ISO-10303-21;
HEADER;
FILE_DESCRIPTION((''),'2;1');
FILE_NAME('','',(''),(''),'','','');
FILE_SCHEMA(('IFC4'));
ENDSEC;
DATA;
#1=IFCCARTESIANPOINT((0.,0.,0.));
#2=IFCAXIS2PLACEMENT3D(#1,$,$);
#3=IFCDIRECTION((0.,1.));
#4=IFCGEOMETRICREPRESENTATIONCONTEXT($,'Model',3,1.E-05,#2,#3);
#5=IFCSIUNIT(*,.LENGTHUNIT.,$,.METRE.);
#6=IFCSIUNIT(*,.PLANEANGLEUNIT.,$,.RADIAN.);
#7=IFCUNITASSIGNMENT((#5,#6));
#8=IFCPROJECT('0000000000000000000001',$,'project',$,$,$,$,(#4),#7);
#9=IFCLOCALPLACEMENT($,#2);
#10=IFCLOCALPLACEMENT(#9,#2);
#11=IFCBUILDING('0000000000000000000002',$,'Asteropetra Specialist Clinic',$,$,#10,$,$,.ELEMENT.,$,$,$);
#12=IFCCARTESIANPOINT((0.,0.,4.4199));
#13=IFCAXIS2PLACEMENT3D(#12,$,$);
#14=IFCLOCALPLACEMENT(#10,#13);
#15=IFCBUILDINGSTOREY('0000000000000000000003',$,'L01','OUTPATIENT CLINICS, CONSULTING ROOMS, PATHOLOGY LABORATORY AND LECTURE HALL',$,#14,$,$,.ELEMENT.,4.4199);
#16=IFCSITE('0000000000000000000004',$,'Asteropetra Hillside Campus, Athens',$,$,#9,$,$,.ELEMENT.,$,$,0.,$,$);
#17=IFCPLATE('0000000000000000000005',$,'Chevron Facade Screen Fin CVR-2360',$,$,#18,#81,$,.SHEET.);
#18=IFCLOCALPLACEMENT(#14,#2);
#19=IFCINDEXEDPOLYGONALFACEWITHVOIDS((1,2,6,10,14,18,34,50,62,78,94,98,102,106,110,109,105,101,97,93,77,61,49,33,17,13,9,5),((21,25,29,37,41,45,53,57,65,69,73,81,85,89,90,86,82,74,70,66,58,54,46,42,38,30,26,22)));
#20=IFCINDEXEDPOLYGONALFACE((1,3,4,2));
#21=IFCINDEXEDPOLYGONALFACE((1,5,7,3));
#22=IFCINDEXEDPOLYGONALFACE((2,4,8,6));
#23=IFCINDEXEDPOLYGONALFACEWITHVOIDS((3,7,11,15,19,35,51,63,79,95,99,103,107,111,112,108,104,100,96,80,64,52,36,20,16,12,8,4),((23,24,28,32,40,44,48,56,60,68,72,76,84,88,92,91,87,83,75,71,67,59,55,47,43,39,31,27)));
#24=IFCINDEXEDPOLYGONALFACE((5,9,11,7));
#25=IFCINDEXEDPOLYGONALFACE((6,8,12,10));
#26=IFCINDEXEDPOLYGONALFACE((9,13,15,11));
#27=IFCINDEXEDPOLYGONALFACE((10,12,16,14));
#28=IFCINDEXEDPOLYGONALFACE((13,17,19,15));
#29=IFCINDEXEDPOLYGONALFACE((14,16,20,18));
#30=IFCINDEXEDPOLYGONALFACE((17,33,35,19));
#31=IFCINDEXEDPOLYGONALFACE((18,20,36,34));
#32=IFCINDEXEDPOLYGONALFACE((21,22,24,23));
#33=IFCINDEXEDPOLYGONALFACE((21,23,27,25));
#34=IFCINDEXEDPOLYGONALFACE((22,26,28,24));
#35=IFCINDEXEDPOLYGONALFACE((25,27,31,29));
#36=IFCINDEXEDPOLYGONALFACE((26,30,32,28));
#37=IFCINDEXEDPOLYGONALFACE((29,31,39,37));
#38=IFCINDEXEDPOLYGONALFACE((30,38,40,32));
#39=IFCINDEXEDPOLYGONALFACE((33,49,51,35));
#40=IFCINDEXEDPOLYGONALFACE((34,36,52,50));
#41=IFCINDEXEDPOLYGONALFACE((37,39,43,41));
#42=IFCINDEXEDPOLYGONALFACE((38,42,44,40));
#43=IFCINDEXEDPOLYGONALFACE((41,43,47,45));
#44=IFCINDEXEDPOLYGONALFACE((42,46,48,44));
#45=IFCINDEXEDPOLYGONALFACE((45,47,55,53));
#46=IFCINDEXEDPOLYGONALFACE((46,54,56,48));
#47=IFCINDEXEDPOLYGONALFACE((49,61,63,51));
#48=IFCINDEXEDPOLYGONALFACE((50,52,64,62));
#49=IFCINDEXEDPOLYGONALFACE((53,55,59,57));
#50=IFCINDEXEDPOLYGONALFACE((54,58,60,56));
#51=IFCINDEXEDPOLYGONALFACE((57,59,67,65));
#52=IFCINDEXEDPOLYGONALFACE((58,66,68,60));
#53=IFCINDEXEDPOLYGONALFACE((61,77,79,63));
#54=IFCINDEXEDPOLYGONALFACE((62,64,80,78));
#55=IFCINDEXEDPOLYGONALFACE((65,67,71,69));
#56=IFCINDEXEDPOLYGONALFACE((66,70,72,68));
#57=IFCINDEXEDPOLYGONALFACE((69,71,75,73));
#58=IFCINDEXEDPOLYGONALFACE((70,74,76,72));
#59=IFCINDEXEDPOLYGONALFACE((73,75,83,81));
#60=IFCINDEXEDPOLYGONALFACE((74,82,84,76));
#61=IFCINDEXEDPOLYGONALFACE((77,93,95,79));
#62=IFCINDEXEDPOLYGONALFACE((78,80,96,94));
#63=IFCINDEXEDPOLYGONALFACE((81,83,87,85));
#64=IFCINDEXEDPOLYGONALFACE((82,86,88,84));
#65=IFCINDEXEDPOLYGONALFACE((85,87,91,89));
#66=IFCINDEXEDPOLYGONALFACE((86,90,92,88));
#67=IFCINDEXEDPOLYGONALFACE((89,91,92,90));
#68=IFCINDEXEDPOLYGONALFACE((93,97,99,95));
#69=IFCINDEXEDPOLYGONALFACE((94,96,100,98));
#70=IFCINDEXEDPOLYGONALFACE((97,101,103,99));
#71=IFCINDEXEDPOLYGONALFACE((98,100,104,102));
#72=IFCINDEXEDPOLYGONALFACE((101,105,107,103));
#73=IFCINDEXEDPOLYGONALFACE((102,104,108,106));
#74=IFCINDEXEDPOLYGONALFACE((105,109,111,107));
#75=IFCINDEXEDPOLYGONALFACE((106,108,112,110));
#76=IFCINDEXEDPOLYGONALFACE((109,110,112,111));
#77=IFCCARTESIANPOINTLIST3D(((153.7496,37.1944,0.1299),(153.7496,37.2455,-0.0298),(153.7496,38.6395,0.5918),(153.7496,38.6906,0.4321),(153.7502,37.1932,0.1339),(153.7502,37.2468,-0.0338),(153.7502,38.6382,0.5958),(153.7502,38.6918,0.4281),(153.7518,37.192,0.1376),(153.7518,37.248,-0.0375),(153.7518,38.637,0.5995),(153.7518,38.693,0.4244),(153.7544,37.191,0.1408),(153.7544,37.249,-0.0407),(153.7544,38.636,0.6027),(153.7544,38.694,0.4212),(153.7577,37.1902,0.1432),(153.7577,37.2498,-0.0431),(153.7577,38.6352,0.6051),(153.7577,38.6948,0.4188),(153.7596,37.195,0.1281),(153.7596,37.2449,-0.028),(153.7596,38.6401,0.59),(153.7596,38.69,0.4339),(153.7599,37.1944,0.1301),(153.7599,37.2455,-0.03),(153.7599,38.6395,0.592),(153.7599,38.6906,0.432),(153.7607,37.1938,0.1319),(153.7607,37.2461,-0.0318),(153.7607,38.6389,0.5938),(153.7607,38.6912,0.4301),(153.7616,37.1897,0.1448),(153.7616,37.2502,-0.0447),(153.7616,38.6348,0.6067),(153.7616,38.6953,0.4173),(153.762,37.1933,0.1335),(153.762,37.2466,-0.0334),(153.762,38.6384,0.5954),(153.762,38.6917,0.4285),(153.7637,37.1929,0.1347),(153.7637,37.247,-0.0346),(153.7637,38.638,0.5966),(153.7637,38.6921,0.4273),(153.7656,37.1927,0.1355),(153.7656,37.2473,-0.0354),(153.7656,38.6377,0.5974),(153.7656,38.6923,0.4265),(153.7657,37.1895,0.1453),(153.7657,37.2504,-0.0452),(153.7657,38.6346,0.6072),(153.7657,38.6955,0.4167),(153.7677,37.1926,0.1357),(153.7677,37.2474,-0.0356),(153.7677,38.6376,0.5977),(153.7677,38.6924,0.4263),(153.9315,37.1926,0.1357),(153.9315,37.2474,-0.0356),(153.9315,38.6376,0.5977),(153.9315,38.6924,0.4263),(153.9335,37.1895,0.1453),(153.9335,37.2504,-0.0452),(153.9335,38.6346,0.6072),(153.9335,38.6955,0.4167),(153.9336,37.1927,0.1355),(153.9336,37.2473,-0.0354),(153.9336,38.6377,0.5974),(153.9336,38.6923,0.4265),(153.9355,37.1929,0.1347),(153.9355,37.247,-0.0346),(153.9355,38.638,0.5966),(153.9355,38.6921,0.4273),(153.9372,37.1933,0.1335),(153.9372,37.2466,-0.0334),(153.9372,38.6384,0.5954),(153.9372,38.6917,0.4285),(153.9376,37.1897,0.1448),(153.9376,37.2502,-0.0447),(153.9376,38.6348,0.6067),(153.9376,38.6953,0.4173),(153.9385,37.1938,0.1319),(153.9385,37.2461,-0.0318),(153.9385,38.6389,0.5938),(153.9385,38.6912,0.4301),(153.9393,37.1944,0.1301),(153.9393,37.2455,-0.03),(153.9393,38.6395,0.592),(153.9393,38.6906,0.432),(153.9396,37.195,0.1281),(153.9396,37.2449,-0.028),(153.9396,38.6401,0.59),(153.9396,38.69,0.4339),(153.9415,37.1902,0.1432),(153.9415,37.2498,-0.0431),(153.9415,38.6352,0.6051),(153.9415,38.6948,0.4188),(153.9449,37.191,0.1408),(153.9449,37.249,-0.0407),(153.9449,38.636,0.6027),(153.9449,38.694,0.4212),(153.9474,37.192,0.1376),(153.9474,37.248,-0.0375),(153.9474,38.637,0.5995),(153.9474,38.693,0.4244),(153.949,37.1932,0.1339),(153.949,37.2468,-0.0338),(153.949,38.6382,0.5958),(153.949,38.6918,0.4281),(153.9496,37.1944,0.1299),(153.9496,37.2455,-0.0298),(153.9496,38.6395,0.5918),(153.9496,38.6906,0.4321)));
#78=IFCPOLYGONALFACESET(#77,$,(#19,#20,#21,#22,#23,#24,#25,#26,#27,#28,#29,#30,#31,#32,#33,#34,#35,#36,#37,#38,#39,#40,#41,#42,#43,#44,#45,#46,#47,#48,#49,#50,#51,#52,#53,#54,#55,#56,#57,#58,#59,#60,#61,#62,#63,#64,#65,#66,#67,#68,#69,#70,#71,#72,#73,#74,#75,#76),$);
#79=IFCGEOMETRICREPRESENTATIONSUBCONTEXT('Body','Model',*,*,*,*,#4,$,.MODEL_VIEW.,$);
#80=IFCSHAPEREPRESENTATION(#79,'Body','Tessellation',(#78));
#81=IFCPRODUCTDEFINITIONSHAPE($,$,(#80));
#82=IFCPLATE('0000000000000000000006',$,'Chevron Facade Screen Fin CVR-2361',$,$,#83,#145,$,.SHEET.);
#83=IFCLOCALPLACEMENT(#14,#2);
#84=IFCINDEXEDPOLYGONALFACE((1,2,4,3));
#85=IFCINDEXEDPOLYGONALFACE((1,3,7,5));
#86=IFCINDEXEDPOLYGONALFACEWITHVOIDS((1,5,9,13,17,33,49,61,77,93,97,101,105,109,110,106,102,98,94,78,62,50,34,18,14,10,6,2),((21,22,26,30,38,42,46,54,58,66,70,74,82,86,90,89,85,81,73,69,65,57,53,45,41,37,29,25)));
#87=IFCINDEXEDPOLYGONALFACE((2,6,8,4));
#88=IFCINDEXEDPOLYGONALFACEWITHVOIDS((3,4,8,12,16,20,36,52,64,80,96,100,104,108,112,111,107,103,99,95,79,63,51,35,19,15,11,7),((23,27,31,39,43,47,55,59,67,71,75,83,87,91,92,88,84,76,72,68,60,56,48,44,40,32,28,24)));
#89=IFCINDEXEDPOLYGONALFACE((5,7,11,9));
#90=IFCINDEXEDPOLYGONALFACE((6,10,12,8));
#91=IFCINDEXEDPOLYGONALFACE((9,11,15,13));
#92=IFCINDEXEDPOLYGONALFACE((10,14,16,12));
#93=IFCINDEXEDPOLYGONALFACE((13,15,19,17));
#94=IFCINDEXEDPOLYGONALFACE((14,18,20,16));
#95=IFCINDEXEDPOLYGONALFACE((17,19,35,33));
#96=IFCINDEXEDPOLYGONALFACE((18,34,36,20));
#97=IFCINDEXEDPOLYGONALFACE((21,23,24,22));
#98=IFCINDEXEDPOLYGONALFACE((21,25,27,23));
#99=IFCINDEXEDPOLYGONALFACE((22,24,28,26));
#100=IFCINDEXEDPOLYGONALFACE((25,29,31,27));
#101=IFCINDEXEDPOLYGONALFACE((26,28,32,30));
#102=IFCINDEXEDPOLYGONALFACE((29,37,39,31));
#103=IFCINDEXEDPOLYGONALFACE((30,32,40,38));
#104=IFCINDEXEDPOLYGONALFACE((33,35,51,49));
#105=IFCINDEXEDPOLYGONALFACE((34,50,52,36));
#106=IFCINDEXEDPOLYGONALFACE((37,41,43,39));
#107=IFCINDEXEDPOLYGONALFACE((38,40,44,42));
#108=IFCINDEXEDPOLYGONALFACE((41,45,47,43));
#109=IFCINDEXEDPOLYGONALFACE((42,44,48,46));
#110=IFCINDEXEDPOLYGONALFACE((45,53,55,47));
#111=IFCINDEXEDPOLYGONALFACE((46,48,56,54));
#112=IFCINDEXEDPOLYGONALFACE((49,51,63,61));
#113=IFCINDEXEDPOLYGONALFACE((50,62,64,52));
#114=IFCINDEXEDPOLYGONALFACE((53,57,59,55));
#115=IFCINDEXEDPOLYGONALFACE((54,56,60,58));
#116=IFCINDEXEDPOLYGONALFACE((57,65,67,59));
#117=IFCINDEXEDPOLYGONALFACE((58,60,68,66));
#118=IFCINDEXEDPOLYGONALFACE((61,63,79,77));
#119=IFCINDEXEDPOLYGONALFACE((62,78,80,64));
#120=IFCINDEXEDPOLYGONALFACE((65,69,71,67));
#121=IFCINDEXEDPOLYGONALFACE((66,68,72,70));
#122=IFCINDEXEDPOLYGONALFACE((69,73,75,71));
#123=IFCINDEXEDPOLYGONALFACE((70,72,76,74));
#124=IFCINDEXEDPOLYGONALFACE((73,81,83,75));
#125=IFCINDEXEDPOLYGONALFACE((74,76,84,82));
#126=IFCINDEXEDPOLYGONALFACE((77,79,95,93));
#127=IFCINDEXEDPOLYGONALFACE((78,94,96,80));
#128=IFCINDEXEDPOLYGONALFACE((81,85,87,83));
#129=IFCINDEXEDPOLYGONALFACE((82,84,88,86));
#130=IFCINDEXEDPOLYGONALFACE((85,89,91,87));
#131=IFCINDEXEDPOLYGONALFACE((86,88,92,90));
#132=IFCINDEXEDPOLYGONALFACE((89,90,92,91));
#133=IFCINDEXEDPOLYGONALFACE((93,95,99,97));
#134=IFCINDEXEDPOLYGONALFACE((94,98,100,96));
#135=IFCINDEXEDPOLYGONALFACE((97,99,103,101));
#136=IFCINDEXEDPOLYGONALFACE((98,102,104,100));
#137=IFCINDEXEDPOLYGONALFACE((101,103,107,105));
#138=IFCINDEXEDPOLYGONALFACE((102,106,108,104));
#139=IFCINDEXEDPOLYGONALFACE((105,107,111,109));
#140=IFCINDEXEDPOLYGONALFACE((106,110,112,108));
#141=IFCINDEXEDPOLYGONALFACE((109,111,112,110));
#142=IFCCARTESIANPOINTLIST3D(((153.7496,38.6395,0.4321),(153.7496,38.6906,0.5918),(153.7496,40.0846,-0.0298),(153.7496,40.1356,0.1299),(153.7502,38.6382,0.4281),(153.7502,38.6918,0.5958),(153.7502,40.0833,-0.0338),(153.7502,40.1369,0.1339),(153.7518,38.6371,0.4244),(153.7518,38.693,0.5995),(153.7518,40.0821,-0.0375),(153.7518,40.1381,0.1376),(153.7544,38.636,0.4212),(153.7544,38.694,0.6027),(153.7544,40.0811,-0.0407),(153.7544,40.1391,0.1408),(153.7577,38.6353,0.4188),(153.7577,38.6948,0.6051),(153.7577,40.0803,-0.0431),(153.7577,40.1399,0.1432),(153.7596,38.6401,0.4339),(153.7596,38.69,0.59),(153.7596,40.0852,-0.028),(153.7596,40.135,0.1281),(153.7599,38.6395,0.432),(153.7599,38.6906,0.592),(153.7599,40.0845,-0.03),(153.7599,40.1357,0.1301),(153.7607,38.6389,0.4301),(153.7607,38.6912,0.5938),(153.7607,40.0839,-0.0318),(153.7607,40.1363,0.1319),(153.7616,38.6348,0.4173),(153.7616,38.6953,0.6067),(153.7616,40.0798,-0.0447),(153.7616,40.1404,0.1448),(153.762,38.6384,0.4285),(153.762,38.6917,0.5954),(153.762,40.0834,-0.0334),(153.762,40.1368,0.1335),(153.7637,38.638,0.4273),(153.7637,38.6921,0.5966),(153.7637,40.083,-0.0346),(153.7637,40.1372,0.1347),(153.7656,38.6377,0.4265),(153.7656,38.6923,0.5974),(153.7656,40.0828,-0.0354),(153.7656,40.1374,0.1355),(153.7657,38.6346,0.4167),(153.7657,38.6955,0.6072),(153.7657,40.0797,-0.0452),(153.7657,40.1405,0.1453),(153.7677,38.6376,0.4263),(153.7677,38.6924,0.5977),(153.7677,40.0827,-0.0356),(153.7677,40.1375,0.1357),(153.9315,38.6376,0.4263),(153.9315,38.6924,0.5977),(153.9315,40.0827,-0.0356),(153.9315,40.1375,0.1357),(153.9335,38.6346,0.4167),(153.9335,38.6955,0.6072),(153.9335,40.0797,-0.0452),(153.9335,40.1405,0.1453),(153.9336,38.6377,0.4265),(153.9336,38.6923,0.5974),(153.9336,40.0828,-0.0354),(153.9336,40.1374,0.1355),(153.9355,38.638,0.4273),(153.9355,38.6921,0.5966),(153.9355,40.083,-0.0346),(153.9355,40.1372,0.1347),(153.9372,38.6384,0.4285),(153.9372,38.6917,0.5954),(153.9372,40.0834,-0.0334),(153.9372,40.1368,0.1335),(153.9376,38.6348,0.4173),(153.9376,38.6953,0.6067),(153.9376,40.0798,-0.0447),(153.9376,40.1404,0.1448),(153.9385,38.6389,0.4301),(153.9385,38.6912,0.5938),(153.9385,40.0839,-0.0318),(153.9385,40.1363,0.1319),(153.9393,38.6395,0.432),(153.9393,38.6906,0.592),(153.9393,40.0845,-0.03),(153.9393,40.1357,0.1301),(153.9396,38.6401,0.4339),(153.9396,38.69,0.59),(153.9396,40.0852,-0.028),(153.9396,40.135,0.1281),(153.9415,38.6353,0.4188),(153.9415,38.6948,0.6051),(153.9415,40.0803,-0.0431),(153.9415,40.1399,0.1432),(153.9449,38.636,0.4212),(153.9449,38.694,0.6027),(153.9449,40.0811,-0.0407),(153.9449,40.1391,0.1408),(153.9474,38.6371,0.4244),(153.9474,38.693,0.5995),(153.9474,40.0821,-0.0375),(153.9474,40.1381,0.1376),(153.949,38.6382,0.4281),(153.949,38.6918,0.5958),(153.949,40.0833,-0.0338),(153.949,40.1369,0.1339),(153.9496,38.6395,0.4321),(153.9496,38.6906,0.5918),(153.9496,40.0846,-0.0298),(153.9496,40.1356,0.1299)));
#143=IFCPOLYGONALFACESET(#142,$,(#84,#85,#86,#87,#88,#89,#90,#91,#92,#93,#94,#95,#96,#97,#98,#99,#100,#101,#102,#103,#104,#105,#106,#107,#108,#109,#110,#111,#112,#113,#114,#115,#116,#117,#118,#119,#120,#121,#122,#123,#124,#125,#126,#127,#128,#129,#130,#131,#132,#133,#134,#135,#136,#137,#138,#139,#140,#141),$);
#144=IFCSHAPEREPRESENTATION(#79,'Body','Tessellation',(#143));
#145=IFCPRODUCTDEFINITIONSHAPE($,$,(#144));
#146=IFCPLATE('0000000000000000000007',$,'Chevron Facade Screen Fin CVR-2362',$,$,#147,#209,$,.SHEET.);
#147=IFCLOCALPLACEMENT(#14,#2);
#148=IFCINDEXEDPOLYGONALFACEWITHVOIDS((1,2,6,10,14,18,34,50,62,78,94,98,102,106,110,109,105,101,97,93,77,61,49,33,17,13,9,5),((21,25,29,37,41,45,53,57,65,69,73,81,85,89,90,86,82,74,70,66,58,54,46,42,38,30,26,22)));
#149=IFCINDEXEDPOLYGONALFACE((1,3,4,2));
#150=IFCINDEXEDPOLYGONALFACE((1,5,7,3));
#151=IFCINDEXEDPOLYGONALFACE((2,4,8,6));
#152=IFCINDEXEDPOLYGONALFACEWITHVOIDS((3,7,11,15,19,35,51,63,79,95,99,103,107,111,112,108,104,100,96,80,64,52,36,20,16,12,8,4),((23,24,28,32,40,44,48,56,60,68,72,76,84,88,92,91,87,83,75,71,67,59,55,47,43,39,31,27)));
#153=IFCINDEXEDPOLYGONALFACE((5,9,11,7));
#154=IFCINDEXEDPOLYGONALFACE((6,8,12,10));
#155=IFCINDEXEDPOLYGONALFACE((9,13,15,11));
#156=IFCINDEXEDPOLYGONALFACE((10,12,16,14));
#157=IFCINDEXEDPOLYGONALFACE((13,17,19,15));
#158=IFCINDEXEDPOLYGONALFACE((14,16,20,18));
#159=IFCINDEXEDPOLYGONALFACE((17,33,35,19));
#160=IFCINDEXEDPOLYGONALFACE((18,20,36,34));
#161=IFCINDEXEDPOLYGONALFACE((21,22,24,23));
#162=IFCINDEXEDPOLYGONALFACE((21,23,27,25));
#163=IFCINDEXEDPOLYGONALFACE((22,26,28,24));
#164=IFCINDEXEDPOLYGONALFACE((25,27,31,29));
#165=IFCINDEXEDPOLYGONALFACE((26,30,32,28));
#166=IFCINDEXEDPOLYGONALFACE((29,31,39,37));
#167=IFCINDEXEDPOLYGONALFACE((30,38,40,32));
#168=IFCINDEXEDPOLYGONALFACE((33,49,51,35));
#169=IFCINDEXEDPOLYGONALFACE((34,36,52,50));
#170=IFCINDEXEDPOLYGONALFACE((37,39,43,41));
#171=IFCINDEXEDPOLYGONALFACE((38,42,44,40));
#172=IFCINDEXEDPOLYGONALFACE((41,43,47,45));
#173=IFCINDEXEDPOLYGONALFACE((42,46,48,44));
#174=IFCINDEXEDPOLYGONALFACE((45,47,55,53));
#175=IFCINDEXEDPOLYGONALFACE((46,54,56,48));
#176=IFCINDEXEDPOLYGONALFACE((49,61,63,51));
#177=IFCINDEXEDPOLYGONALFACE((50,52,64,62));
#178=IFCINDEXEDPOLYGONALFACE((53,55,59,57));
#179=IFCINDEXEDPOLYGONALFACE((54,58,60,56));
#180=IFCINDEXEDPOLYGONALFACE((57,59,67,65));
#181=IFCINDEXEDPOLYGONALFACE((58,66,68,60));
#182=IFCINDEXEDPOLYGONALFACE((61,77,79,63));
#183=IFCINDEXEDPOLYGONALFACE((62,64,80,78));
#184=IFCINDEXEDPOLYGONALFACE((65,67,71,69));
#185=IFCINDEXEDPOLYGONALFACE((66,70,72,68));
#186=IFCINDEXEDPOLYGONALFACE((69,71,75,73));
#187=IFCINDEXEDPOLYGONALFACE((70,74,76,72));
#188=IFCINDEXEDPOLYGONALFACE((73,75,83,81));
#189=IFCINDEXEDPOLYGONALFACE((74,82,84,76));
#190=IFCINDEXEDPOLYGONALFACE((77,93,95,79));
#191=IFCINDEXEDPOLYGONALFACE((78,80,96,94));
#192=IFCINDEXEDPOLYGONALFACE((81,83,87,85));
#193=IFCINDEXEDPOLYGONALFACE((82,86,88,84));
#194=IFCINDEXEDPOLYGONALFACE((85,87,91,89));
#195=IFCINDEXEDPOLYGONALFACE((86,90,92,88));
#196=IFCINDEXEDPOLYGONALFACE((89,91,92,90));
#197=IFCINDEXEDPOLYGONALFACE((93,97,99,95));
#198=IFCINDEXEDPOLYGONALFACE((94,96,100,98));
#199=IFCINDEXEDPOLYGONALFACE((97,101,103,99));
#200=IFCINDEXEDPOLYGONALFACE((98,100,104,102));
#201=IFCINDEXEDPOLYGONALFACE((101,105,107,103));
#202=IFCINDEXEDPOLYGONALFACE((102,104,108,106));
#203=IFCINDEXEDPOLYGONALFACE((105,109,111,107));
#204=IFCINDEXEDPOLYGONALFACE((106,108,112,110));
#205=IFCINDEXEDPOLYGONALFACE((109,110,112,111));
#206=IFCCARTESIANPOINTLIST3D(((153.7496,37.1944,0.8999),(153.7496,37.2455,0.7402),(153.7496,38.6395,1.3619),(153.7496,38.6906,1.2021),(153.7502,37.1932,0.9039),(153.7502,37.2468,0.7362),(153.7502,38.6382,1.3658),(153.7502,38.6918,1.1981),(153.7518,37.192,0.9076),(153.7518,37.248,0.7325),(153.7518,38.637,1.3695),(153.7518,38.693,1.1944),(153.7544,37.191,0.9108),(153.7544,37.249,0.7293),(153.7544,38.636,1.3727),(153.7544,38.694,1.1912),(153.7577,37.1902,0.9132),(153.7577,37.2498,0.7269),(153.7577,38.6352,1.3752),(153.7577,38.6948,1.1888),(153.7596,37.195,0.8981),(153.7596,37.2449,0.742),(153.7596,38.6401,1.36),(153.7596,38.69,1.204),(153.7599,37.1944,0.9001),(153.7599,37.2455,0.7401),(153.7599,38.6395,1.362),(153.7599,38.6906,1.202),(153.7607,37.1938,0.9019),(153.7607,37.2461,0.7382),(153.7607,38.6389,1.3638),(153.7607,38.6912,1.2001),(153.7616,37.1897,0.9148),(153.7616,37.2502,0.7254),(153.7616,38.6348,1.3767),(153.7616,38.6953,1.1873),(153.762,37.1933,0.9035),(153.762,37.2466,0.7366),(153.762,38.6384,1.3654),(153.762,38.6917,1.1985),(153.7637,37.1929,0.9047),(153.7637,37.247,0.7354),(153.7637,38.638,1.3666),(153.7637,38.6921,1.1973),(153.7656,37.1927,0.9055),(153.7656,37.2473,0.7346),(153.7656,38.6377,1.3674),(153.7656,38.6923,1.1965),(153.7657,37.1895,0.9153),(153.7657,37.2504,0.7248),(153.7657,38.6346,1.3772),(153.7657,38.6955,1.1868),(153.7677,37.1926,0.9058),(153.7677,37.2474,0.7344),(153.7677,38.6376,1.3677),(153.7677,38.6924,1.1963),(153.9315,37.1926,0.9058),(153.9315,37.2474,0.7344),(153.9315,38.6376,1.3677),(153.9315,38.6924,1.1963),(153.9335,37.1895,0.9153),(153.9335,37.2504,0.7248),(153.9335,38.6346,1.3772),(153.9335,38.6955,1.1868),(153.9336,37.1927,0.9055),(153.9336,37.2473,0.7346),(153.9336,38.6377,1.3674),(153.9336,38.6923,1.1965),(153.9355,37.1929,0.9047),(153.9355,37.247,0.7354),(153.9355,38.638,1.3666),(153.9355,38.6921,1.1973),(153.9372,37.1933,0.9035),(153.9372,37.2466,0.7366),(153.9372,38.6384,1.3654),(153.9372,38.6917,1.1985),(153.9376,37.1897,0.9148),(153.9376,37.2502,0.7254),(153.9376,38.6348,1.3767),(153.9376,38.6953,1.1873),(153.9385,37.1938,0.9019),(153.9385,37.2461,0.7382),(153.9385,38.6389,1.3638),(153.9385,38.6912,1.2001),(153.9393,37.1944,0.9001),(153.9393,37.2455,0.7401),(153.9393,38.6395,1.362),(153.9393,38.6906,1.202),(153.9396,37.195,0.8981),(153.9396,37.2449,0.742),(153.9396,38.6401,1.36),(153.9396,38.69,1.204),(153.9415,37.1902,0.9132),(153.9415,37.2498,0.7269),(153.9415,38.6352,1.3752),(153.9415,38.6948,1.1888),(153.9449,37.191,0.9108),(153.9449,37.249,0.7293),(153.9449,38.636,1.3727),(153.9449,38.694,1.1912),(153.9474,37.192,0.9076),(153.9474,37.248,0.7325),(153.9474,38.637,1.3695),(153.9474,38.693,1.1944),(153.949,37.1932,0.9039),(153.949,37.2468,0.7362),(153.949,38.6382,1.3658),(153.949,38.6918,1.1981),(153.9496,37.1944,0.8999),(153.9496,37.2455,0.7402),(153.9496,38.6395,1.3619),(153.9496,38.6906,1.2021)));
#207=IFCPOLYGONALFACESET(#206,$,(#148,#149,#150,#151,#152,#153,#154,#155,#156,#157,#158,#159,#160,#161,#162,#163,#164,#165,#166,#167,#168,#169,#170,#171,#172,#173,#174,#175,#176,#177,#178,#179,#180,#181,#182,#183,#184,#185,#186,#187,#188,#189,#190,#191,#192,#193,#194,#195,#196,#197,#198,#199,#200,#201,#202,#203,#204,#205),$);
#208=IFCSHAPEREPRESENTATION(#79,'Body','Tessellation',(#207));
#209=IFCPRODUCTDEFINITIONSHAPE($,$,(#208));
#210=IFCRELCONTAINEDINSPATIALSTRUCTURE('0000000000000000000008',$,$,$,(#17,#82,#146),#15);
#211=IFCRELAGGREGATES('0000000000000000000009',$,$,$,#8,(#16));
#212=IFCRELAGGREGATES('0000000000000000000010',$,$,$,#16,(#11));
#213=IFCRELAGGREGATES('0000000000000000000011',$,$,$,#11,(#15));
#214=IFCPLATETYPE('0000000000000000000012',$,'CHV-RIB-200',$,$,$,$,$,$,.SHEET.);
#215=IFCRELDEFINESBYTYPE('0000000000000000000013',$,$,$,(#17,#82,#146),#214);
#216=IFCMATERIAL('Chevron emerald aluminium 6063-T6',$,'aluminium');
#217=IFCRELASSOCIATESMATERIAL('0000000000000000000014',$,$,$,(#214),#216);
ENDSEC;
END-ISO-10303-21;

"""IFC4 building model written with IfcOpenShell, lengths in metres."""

from ifc_helpers import new_model, si_unit, direction, frame, origin, origin_2d, place, context, subcontext, project, spatial, hollow_rectangle, extrude, material, material_profile, profile_set, type_object, element, save


model = new_model("IFC4")

# Units and contexts
model_context = context("Model", 3, precision=1e-05, world=origin(), true_north=direction((0.0, 1.0)))
body_context = subcontext(model_context, "Body", "Model", "MODEL_VIEW")
ifc_project = project(units=[si_unit("LENGTHUNIT", "METRE"), si_unit("PLANEANGLEUNIT", "RADIAN")], contexts=[model_context])

# Site, building, storey
site_placement = place(None, origin())
site = spatial("IfcSite", under=ifc_project, at=site_placement, Name="Asteropetra Hillside Campus, Athens", CompositionType="ELEMENT", RefElevation=0.0)
building_placement = place(site_placement, origin())
building = spatial("IfcBuilding", under=site, at=building_placement, Name="Asteropetra Specialist Clinic", CompositionType="ELEMENT")
storey_placement = place(building_placement, frame((0.0, 0.0, 4.4199)))
storey = spatial("IfcBuildingStorey", under=building, at=storey_placement, Name="L01", Description="OUTPATIENT CLINICS, CONSULTING ROOMS, PATHOLOGY LABORATORY AND LECTURE HALL", CompositionType="ELEMENT", Elevation=4.4199)

# Plates
ifc_material_1 = material(Name="Chevron emerald aluminium 6063-T6", Category="aluminium")
ifc_material_profile = material_profile(ifc_material_1, hollow_rectangle(XDim=0.2, YDim=0.2, WallThickness=0.01, InnerFilletRadius=0.0081, OuterFilletRadius=0.0161, at=origin_2d()), Name="SHS 200x200x10.0")
ifc_profile_set = profile_set([ifc_material_profile], Name="Chevron emerald aluminium 6063-T6")
plate_type = type_object("IfcPlateType", Name="CHV-RIB-200", PredefinedType="SHEET", material=ifc_profile_set)
for number, where, z_axis, x_axis, name in (
    (1, (153.8496, 37.22, 0.05), (0.0, 0.952521, 0.304472), (-1.0, 0.0, 0.0), "Chevron Facade Screen Fin CVR-2360"),
    (2, (153.8496, 38.665, 0.512), (0.0, 0.952521, -0.304472), (-1.0, 0.0, 0.0), "Chevron Facade Screen Fin CVR-2361"),
    (3, (153.8496, 37.22, 0.8201), (0.0, 0.952521, 0.304472), (-1.0, 0.0, 0.0), "Chevron Facade Screen Fin CVR-2362"),
):
    element("IfcPlate", number, at=place(storey_placement, frame(where, z_axis=z_axis, x_axis=x_axis)), inside=storey, type_object=plate_type, Name=name, PredefinedType="SHEET", context=body_context, shape_type="SweptSolid", body=[
        extrude(hollow_rectangle(XDim=0.2, YDim=0.2, WallThickness=0.01, InnerFilletRadius=0.0081, OuterFilletRadius=0.0161, at=origin_2d()), origin(), (0.0, 0.0, 1.0), 1.5171),
    ])

save(model, "model.ifc")
